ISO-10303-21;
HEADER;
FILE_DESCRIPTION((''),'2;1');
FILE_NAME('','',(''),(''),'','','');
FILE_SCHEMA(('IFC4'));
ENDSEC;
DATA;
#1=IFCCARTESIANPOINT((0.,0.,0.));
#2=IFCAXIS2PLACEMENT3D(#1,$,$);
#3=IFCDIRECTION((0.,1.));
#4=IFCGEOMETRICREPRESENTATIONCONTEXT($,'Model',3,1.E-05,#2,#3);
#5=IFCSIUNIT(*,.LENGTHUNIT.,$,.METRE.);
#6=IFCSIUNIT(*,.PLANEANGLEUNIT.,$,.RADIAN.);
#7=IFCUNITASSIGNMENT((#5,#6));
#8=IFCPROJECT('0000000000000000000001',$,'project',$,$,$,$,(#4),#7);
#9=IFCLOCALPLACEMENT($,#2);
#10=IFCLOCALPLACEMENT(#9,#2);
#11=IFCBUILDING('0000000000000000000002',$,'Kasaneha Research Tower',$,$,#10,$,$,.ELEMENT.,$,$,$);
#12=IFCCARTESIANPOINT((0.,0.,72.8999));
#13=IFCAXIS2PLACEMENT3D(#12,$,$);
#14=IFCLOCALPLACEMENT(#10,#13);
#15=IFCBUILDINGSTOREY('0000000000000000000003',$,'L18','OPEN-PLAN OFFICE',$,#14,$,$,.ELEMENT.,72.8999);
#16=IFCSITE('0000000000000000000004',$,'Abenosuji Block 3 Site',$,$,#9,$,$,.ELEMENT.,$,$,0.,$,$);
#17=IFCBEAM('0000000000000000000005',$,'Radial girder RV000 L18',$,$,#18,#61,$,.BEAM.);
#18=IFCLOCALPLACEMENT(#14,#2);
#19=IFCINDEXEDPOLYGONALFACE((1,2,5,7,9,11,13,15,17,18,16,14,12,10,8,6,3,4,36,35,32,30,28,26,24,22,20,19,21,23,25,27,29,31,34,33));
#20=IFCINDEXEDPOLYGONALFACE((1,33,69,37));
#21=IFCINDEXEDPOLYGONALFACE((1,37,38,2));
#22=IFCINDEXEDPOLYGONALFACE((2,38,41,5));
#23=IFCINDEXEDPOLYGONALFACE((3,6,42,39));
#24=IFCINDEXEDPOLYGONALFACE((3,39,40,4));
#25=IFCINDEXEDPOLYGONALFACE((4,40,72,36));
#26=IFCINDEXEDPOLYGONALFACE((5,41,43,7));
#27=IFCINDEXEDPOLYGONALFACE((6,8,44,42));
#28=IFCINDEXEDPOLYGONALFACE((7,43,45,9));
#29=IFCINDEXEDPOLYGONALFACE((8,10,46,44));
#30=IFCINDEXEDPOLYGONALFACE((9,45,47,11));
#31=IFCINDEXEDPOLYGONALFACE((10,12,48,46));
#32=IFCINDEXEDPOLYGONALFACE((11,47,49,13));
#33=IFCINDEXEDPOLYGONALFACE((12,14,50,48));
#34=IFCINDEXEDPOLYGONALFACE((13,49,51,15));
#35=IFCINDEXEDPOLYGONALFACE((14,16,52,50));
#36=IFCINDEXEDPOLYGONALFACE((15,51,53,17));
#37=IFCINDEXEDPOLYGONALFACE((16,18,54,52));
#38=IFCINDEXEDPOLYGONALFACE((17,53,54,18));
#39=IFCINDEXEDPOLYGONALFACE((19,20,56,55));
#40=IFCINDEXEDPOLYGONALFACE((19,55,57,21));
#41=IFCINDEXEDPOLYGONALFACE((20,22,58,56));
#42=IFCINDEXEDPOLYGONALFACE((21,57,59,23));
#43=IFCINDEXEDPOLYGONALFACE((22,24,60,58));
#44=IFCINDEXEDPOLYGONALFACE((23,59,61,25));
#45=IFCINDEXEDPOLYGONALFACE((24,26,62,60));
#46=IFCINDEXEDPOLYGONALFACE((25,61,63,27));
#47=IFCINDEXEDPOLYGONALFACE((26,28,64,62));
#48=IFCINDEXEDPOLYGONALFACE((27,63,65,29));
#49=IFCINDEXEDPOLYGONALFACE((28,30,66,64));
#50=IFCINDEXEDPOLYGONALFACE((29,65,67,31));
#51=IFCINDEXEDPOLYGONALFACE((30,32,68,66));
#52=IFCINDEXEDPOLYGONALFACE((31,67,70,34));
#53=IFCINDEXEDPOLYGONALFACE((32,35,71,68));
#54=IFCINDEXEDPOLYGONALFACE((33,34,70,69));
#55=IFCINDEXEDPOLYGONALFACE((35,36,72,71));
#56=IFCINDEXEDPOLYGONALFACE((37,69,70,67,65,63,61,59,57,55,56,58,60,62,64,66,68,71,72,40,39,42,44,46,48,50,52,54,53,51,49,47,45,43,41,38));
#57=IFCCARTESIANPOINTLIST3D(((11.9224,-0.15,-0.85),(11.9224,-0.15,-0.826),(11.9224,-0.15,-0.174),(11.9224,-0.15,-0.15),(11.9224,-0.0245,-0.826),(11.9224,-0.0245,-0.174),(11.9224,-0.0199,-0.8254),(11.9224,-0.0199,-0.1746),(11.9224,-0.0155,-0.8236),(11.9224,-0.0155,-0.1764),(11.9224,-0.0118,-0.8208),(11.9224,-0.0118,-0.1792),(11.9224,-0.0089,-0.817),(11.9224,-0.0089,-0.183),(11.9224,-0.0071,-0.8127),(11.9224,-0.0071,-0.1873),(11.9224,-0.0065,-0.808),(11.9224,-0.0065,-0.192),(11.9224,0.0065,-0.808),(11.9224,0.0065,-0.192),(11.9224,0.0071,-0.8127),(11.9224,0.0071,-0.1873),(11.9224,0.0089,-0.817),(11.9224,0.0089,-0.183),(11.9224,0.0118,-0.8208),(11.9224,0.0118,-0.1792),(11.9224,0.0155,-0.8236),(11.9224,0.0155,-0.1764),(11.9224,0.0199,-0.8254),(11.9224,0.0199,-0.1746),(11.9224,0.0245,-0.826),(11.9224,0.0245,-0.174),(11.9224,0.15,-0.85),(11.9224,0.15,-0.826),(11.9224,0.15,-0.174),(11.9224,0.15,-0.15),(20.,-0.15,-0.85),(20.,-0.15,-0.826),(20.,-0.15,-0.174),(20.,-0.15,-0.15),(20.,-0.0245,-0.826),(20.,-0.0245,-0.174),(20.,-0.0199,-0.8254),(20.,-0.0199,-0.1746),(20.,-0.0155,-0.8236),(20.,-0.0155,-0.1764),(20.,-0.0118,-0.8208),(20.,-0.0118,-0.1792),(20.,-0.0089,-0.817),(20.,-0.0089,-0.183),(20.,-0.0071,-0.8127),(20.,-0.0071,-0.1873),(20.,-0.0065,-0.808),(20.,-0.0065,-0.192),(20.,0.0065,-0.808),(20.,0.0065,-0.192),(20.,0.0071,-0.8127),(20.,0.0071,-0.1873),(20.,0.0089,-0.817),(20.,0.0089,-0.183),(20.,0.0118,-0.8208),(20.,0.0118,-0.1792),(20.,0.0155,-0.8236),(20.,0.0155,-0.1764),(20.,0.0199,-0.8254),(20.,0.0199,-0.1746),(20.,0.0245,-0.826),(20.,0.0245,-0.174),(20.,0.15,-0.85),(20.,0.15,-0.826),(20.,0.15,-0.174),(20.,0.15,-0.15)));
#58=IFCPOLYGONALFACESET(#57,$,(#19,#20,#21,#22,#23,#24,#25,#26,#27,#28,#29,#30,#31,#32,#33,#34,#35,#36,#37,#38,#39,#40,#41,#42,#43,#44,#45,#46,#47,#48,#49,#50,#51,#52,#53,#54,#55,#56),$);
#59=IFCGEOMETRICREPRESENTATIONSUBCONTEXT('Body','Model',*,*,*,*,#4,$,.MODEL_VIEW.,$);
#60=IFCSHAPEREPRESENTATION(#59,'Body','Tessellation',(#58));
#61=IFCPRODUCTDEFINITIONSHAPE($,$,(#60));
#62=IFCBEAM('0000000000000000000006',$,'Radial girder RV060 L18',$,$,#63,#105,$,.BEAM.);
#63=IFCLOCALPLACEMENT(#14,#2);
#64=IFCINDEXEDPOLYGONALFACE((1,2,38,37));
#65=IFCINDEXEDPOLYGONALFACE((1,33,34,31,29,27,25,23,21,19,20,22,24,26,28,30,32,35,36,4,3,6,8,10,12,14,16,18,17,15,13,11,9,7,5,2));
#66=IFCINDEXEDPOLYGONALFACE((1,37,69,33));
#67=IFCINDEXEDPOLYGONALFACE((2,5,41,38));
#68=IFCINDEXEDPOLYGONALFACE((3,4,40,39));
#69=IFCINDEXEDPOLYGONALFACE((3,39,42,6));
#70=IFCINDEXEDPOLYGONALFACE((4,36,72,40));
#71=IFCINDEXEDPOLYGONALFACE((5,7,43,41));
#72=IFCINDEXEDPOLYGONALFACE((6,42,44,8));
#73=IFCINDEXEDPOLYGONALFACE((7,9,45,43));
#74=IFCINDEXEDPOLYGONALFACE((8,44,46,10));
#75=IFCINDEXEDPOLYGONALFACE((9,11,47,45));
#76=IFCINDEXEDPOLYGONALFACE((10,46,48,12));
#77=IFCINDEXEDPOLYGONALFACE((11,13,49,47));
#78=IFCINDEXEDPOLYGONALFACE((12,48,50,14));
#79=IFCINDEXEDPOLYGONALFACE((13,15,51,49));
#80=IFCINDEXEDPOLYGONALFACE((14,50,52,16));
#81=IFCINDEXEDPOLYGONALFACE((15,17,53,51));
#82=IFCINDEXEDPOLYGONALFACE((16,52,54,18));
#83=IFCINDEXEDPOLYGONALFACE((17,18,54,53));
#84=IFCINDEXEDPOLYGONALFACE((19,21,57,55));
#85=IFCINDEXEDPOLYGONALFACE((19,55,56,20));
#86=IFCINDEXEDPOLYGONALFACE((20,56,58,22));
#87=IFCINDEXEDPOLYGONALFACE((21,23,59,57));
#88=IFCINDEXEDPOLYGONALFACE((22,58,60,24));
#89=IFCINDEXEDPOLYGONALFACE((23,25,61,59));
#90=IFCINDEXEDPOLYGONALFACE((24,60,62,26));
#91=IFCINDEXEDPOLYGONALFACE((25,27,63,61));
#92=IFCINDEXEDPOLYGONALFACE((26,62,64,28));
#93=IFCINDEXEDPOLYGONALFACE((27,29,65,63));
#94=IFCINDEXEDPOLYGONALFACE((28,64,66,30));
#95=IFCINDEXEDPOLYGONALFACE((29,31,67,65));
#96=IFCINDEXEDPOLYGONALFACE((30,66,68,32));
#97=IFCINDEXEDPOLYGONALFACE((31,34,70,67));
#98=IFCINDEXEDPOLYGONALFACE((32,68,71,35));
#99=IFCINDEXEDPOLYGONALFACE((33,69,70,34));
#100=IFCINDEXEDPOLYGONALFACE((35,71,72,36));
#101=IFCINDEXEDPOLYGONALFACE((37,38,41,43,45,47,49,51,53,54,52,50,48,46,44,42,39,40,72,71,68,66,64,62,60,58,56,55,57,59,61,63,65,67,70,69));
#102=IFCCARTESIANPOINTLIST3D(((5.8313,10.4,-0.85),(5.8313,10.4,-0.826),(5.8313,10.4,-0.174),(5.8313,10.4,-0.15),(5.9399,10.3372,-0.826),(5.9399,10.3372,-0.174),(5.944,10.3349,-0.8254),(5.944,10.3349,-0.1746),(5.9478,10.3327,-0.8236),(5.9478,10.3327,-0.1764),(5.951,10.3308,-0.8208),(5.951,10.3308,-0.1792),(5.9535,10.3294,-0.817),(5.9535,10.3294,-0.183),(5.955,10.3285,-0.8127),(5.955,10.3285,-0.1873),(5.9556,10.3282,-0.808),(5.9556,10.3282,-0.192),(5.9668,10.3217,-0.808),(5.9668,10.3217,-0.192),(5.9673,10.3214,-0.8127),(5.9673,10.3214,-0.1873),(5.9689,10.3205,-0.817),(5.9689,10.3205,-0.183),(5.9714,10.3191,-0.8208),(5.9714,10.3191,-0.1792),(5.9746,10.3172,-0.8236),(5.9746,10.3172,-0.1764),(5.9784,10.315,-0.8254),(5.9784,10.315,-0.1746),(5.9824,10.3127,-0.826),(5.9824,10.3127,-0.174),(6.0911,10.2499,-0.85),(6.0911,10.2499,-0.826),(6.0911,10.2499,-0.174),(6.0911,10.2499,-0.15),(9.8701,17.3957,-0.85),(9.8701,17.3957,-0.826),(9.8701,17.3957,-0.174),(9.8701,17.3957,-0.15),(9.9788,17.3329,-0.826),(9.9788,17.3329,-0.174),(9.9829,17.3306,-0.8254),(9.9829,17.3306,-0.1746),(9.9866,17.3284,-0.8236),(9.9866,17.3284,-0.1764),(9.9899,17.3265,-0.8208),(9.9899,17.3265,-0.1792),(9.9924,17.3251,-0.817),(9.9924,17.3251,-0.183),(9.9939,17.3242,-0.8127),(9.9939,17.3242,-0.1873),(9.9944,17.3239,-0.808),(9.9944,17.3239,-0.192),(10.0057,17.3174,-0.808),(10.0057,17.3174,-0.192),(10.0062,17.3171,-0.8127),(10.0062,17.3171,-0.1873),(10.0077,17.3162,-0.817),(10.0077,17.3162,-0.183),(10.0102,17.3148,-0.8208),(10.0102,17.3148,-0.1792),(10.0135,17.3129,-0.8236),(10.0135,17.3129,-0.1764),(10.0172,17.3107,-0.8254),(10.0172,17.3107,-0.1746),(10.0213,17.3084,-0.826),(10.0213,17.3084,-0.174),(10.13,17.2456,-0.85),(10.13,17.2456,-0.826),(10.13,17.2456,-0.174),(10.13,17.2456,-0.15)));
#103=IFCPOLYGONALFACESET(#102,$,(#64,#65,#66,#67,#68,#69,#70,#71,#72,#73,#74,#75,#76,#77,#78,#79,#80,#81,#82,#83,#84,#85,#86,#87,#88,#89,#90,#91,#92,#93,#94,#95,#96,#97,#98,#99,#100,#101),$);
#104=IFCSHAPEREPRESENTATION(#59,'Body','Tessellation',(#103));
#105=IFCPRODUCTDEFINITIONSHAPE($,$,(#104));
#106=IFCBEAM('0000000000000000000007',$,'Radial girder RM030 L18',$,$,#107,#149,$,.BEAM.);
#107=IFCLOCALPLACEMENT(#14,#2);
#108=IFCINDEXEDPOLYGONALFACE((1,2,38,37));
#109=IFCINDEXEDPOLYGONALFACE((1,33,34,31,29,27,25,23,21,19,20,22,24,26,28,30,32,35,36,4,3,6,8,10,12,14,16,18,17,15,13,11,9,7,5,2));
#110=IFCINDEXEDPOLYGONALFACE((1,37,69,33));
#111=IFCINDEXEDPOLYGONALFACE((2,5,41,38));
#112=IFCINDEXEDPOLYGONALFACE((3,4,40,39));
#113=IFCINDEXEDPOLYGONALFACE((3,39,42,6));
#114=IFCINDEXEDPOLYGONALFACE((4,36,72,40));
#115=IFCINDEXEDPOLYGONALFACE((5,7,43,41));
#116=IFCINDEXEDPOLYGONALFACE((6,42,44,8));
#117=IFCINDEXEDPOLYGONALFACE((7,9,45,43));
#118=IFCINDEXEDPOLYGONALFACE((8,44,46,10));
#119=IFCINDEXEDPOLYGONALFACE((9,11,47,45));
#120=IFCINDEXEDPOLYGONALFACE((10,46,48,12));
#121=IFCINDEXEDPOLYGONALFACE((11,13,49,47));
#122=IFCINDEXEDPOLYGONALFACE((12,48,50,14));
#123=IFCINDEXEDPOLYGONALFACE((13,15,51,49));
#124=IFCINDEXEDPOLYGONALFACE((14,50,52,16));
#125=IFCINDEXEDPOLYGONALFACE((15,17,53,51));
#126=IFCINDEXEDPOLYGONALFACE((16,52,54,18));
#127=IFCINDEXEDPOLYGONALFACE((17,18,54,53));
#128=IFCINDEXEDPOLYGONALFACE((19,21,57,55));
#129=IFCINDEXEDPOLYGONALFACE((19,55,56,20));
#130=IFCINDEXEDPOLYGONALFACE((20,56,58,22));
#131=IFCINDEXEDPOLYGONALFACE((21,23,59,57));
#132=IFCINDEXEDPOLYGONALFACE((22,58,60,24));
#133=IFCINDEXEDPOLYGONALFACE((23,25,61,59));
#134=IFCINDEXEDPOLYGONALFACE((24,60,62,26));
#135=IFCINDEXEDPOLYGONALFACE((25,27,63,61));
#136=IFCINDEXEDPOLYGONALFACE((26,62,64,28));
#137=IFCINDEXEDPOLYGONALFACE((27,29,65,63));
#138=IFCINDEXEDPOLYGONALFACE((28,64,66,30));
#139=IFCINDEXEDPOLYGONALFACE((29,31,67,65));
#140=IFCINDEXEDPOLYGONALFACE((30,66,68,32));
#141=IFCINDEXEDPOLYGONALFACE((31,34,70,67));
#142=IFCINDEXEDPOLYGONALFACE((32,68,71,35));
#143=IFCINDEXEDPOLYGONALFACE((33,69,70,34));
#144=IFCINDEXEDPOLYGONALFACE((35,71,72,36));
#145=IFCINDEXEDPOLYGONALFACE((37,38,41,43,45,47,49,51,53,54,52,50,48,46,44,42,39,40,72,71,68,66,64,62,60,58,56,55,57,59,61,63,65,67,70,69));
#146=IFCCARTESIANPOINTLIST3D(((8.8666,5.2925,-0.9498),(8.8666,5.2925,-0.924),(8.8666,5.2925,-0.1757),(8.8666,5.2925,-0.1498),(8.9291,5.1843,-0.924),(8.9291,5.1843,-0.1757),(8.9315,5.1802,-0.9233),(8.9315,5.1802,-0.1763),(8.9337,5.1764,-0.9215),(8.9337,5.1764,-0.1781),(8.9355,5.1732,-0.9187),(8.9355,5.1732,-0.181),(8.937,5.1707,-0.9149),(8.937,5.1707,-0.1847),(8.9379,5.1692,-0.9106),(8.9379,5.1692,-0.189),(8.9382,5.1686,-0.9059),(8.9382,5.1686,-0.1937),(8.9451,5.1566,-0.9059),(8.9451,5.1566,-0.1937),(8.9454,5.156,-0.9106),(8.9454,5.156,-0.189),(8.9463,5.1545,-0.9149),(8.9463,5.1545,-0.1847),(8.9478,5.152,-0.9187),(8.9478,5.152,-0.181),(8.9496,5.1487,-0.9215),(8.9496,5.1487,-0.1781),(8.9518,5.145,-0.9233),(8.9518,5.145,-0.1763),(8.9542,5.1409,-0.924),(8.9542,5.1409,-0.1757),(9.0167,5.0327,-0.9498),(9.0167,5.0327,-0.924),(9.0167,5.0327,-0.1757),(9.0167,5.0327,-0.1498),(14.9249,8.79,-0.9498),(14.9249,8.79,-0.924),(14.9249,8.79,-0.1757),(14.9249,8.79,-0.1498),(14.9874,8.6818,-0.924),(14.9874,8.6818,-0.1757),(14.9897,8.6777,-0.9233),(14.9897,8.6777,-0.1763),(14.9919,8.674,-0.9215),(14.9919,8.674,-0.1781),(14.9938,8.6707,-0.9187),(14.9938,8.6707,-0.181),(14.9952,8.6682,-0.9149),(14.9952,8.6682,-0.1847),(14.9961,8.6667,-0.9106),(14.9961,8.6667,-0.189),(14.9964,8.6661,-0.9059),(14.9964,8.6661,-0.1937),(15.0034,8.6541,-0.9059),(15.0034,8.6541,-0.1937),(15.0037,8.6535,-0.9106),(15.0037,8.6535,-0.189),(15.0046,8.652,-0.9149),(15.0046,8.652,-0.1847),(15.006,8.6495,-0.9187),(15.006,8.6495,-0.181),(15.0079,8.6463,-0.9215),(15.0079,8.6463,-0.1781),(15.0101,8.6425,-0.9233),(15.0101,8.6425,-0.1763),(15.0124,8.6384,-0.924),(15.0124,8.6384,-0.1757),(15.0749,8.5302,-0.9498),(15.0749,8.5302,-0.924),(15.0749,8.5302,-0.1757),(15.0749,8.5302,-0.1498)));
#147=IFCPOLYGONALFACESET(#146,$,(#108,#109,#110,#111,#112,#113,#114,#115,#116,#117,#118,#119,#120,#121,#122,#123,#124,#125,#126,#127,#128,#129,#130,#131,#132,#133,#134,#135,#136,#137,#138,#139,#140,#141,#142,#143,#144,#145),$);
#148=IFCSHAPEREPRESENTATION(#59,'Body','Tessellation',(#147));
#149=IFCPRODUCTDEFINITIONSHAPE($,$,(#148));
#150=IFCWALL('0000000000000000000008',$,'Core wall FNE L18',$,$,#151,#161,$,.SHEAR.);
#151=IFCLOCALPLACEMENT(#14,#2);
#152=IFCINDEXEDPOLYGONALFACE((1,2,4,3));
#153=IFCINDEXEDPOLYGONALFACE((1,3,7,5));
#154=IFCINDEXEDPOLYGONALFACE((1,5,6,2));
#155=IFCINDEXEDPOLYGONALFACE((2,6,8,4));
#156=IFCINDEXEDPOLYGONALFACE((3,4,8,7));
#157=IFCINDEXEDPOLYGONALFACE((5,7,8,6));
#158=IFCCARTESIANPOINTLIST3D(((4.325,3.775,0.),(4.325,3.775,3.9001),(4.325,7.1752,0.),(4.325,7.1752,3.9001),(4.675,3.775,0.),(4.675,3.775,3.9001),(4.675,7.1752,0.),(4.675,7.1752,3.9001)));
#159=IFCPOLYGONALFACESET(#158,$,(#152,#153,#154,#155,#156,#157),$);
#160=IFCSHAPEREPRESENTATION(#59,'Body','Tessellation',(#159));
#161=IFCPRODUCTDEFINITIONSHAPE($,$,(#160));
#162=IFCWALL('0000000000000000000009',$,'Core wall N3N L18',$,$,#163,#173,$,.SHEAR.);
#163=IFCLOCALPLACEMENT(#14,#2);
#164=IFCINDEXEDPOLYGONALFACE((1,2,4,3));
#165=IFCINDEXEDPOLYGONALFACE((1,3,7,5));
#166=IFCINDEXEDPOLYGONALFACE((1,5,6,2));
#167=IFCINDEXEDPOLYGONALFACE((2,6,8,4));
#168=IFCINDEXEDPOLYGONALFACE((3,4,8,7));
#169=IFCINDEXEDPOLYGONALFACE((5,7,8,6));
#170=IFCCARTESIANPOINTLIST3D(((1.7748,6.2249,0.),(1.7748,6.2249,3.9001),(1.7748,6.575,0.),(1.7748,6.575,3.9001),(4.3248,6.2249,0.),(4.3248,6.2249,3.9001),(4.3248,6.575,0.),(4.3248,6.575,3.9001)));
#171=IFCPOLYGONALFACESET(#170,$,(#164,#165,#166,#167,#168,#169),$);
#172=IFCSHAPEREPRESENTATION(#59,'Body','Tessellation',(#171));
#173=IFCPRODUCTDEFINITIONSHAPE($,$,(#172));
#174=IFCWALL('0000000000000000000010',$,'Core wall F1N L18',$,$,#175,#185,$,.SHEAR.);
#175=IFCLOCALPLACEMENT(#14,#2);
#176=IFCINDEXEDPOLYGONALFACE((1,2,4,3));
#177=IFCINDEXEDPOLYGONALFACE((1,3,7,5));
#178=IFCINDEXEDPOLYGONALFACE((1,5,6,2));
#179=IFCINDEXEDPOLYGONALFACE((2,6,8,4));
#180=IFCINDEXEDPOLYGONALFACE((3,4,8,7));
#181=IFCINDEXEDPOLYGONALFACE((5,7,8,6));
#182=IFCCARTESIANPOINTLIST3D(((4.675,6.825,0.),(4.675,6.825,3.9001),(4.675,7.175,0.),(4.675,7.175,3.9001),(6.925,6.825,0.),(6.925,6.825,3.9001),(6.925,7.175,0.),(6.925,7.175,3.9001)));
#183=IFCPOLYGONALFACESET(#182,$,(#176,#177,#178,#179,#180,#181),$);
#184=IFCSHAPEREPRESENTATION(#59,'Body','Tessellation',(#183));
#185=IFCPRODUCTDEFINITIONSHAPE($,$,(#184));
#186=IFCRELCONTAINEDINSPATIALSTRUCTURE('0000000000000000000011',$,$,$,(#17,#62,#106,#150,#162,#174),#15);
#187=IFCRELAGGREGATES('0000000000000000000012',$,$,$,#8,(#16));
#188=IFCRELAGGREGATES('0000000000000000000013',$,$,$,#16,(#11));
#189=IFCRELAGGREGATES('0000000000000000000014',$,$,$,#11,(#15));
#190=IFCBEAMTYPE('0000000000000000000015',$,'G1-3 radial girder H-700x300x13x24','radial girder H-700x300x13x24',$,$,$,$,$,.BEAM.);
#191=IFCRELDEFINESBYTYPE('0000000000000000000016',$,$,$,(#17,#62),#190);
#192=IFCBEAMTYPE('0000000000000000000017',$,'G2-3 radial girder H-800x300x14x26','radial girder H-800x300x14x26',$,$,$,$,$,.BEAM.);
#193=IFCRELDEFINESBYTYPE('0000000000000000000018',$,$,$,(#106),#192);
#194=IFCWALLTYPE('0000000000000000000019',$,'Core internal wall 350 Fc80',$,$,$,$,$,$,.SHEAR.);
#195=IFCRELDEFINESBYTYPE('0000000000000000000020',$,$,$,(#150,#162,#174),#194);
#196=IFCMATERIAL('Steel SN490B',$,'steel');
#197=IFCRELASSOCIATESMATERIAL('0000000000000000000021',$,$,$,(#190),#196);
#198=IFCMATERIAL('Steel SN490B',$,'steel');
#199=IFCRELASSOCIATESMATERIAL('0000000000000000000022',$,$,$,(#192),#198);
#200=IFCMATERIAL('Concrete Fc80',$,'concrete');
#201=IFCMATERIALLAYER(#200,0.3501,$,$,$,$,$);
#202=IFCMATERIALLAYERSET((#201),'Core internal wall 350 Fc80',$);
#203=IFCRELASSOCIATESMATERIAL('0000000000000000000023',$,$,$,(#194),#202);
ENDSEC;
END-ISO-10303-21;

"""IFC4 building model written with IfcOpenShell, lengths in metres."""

from ifc_helpers import new_model, si_unit, direction, frame, frame_2d, origin, origin_2d, place, context, subcontext, project, spatial, rectangle, i_section, extrude, material, layer, layer_set, material_profile, profile_set, type_object, element, save


model = new_model("IFC4")

# Units and contexts
model_context = context("Model", 3, precision=1e-05, world=origin(), true_north=direction((0.0, 1.0)))
body_context = subcontext(model_context, "Body", "Model", "MODEL_VIEW")
ifc_project = project(units=[si_unit("LENGTHUNIT", "METRE"), si_unit("PLANEANGLEUNIT", "RADIAN")], contexts=[model_context])

# Site, building, storey
site_placement = place(None, origin())
site = spatial("IfcSite", under=ifc_project, at=site_placement, Name="Abenosuji Block 3 Site", CompositionType="ELEMENT", RefElevation=0.0)
building_placement = place(site_placement, origin())
building = spatial("IfcBuilding", under=site, at=building_placement, Name="Kasaneha Research Tower", CompositionType="ELEMENT")
storey_placement = place(building_placement, frame((0.0, 0.0, 72.8999)))
storey = spatial("IfcBuildingStorey", under=building, at=storey_placement, Name="L18", Description="OPEN-PLAN OFFICE", CompositionType="ELEMENT", Elevation=72.8999)

# Beams
ifc_material_1 = material(Name="Steel SN490B", Category="steel")
ifc_material_profile_1 = material_profile(ifc_material_1, i_section(OverallWidth=0.3, OverallDepth=0.7, WebThickness=0.0129, FlangeThickness=0.0239, FilletRadius=0.0181, at=origin_2d()), Name="H-700x300x13x24")
ifc_profile_set_1 = profile_set([ifc_material_profile_1], Name="Steel SN490B")
beam_type_1 = type_object("IfcBeamType", Name="G1-3 radial girder H-700x300x13x24", Description="radial girder H-700x300x13x24", PredefinedType="BEAM", material=ifc_profile_set_1)
beam_1_placement = place(storey_placement, frame((11.9224, 0.0, -0.5), z_axis=(1.0, 0.0, 0.0), x_axis=(0.0, 1.0, 0.0)))
element("IfcBeam", 1, at=beam_1_placement, inside=storey, type_object=beam_type_1, Name="Radial girder RV000 L18", PredefinedType="BEAM", context=body_context, shape_type="SweptSolid", body=[
    extrude(i_section(OverallWidth=0.3, OverallDepth=0.7, WebThickness=0.0129, FlangeThickness=0.0239, FilletRadius=0.0181, at=origin_2d()), origin(), (0.0, 0.0, 1.0), 8.0776),
])
beam_2_placement = place(storey_placement, frame((5.9612, 10.325, -0.5), z_axis=(0.499991, 0.866031, 0.0), x_axis=(-0.866031, 0.499991, 0.0)))
element("IfcBeam", 2, at=beam_2_placement, inside=storey, type_object=beam_type_1, Name="Radial girder RV060 L18", PredefinedType="BEAM", context=body_context, shape_type="SweptSolid", body=[
    extrude(i_section(OverallWidth=0.3, OverallDepth=0.7, WebThickness=0.0129, FlangeThickness=0.0239, FilletRadius=0.0181, at=origin_2d()), origin(), (0.0, 0.0, 1.0), 8.0779),
])
ifc_material_2 = material(Name="Steel SN490B", Category="steel")
ifc_material_profile_2 = material_profile(ifc_material_2, i_section(OverallWidth=0.3, OverallDepth=0.8, WebThickness=0.0139, FlangeThickness=0.0259, FilletRadius=0.0181, at=origin_2d()), Name="H-800x300x14x26")
ifc_profile_set_2 = profile_set([ifc_material_profile_2], Name="Steel SN490B")
beam_type_2 = type_object("IfcBeamType", Name="G2-3 radial girder H-800x300x14x26", Description="radial girder H-800x300x14x26", PredefinedType="BEAM", material=ifc_profile_set_2)
beam_3_placement = place(storey_placement, frame((8.9417, 5.1626, -0.5498), z_axis=(0.86604, 0.499975, 0.0), x_axis=(-0.499975, 0.86604, 0.0)))
element("IfcBeam", 3, at=beam_3_placement, inside=storey, type_object=beam_type_2, Name="Radial girder RM030 L18", PredefinedType="BEAM", context=body_context, shape_type="SweptSolid", body=[
    extrude(i_section(OverallWidth=0.3, OverallDepth=0.8, WebThickness=0.0139, FlangeThickness=0.0259, FilletRadius=0.0181, at=origin_2d()), origin(), (0.0, 0.0, 1.0), 6.9954),
])

# Walls
ifc_material_3 = material(Name="Concrete Fc80", Category="concrete")
ifc_layer_1 = layer(ifc_material_3, 0.3501)
ifc_layer_set_1 = layer_set([ifc_layer_1], Name="Core internal wall 350 Fc80")
wall_type_1 = type_object("IfcWallType", Name="Core internal wall 350 Fc80", PredefinedType="SHEAR", material=ifc_layer_set_1)
wall_1_placement = place(storey_placement, frame((4.5, 3.7749, 0.0), z_axis=(0.0, 0.0, 1.0), x_axis=(0.0, 1.0, 0.0)))
element("IfcWall", 4, at=wall_1_placement, inside=storey, type_object=wall_type_1, Name="Core wall FNE L18", PredefinedType="SHEAR", context=body_context, shape_type="SweptSolid", body=[
    extrude(rectangle(XDim=3.4001, YDim=0.3501, at=frame_2d((1.7002, 0.0))), origin(), (0.0, 0.0, 1.0), 3.9001),
])
wall_2_placement = place(storey_placement, frame((1.7749, 6.3999, 0.0), z_axis=(0.0, 0.0, 1.0), x_axis=(1.0, 0.0, 0.0)))
element("IfcWall", 5, at=wall_2_placement, inside=storey, type_object=wall_type_1, Name="Core wall N3N L18", PredefinedType="SHEAR", context=body_context, shape_type="SweptSolid", body=[
    extrude(rectangle(XDim=2.55, YDim=0.3501, at=frame_2d((1.2749, 0.0))), origin(), (0.0, 0.0, 1.0), 3.9001),
])
wall_3_placement = place(storey_placement, frame((4.675, 7.0, 0.0), z_axis=(0.0, 0.0, 1.0), x_axis=(1.0, 0.0, 0.0)))
element("IfcWall", 6, at=wall_3_placement, inside=storey, type_object=wall_type_1, Name="Core wall F1N L18", PredefinedType="SHEAR", context=body_context, shape_type="SweptSolid", body=[
    extrude(rectangle(XDim=2.25, YDim=0.3501, at=frame_2d((1.125, 0.0))), origin(), (0.0, 0.0, 1.0), 3.9001),
])

save(model, "model.ifc")
